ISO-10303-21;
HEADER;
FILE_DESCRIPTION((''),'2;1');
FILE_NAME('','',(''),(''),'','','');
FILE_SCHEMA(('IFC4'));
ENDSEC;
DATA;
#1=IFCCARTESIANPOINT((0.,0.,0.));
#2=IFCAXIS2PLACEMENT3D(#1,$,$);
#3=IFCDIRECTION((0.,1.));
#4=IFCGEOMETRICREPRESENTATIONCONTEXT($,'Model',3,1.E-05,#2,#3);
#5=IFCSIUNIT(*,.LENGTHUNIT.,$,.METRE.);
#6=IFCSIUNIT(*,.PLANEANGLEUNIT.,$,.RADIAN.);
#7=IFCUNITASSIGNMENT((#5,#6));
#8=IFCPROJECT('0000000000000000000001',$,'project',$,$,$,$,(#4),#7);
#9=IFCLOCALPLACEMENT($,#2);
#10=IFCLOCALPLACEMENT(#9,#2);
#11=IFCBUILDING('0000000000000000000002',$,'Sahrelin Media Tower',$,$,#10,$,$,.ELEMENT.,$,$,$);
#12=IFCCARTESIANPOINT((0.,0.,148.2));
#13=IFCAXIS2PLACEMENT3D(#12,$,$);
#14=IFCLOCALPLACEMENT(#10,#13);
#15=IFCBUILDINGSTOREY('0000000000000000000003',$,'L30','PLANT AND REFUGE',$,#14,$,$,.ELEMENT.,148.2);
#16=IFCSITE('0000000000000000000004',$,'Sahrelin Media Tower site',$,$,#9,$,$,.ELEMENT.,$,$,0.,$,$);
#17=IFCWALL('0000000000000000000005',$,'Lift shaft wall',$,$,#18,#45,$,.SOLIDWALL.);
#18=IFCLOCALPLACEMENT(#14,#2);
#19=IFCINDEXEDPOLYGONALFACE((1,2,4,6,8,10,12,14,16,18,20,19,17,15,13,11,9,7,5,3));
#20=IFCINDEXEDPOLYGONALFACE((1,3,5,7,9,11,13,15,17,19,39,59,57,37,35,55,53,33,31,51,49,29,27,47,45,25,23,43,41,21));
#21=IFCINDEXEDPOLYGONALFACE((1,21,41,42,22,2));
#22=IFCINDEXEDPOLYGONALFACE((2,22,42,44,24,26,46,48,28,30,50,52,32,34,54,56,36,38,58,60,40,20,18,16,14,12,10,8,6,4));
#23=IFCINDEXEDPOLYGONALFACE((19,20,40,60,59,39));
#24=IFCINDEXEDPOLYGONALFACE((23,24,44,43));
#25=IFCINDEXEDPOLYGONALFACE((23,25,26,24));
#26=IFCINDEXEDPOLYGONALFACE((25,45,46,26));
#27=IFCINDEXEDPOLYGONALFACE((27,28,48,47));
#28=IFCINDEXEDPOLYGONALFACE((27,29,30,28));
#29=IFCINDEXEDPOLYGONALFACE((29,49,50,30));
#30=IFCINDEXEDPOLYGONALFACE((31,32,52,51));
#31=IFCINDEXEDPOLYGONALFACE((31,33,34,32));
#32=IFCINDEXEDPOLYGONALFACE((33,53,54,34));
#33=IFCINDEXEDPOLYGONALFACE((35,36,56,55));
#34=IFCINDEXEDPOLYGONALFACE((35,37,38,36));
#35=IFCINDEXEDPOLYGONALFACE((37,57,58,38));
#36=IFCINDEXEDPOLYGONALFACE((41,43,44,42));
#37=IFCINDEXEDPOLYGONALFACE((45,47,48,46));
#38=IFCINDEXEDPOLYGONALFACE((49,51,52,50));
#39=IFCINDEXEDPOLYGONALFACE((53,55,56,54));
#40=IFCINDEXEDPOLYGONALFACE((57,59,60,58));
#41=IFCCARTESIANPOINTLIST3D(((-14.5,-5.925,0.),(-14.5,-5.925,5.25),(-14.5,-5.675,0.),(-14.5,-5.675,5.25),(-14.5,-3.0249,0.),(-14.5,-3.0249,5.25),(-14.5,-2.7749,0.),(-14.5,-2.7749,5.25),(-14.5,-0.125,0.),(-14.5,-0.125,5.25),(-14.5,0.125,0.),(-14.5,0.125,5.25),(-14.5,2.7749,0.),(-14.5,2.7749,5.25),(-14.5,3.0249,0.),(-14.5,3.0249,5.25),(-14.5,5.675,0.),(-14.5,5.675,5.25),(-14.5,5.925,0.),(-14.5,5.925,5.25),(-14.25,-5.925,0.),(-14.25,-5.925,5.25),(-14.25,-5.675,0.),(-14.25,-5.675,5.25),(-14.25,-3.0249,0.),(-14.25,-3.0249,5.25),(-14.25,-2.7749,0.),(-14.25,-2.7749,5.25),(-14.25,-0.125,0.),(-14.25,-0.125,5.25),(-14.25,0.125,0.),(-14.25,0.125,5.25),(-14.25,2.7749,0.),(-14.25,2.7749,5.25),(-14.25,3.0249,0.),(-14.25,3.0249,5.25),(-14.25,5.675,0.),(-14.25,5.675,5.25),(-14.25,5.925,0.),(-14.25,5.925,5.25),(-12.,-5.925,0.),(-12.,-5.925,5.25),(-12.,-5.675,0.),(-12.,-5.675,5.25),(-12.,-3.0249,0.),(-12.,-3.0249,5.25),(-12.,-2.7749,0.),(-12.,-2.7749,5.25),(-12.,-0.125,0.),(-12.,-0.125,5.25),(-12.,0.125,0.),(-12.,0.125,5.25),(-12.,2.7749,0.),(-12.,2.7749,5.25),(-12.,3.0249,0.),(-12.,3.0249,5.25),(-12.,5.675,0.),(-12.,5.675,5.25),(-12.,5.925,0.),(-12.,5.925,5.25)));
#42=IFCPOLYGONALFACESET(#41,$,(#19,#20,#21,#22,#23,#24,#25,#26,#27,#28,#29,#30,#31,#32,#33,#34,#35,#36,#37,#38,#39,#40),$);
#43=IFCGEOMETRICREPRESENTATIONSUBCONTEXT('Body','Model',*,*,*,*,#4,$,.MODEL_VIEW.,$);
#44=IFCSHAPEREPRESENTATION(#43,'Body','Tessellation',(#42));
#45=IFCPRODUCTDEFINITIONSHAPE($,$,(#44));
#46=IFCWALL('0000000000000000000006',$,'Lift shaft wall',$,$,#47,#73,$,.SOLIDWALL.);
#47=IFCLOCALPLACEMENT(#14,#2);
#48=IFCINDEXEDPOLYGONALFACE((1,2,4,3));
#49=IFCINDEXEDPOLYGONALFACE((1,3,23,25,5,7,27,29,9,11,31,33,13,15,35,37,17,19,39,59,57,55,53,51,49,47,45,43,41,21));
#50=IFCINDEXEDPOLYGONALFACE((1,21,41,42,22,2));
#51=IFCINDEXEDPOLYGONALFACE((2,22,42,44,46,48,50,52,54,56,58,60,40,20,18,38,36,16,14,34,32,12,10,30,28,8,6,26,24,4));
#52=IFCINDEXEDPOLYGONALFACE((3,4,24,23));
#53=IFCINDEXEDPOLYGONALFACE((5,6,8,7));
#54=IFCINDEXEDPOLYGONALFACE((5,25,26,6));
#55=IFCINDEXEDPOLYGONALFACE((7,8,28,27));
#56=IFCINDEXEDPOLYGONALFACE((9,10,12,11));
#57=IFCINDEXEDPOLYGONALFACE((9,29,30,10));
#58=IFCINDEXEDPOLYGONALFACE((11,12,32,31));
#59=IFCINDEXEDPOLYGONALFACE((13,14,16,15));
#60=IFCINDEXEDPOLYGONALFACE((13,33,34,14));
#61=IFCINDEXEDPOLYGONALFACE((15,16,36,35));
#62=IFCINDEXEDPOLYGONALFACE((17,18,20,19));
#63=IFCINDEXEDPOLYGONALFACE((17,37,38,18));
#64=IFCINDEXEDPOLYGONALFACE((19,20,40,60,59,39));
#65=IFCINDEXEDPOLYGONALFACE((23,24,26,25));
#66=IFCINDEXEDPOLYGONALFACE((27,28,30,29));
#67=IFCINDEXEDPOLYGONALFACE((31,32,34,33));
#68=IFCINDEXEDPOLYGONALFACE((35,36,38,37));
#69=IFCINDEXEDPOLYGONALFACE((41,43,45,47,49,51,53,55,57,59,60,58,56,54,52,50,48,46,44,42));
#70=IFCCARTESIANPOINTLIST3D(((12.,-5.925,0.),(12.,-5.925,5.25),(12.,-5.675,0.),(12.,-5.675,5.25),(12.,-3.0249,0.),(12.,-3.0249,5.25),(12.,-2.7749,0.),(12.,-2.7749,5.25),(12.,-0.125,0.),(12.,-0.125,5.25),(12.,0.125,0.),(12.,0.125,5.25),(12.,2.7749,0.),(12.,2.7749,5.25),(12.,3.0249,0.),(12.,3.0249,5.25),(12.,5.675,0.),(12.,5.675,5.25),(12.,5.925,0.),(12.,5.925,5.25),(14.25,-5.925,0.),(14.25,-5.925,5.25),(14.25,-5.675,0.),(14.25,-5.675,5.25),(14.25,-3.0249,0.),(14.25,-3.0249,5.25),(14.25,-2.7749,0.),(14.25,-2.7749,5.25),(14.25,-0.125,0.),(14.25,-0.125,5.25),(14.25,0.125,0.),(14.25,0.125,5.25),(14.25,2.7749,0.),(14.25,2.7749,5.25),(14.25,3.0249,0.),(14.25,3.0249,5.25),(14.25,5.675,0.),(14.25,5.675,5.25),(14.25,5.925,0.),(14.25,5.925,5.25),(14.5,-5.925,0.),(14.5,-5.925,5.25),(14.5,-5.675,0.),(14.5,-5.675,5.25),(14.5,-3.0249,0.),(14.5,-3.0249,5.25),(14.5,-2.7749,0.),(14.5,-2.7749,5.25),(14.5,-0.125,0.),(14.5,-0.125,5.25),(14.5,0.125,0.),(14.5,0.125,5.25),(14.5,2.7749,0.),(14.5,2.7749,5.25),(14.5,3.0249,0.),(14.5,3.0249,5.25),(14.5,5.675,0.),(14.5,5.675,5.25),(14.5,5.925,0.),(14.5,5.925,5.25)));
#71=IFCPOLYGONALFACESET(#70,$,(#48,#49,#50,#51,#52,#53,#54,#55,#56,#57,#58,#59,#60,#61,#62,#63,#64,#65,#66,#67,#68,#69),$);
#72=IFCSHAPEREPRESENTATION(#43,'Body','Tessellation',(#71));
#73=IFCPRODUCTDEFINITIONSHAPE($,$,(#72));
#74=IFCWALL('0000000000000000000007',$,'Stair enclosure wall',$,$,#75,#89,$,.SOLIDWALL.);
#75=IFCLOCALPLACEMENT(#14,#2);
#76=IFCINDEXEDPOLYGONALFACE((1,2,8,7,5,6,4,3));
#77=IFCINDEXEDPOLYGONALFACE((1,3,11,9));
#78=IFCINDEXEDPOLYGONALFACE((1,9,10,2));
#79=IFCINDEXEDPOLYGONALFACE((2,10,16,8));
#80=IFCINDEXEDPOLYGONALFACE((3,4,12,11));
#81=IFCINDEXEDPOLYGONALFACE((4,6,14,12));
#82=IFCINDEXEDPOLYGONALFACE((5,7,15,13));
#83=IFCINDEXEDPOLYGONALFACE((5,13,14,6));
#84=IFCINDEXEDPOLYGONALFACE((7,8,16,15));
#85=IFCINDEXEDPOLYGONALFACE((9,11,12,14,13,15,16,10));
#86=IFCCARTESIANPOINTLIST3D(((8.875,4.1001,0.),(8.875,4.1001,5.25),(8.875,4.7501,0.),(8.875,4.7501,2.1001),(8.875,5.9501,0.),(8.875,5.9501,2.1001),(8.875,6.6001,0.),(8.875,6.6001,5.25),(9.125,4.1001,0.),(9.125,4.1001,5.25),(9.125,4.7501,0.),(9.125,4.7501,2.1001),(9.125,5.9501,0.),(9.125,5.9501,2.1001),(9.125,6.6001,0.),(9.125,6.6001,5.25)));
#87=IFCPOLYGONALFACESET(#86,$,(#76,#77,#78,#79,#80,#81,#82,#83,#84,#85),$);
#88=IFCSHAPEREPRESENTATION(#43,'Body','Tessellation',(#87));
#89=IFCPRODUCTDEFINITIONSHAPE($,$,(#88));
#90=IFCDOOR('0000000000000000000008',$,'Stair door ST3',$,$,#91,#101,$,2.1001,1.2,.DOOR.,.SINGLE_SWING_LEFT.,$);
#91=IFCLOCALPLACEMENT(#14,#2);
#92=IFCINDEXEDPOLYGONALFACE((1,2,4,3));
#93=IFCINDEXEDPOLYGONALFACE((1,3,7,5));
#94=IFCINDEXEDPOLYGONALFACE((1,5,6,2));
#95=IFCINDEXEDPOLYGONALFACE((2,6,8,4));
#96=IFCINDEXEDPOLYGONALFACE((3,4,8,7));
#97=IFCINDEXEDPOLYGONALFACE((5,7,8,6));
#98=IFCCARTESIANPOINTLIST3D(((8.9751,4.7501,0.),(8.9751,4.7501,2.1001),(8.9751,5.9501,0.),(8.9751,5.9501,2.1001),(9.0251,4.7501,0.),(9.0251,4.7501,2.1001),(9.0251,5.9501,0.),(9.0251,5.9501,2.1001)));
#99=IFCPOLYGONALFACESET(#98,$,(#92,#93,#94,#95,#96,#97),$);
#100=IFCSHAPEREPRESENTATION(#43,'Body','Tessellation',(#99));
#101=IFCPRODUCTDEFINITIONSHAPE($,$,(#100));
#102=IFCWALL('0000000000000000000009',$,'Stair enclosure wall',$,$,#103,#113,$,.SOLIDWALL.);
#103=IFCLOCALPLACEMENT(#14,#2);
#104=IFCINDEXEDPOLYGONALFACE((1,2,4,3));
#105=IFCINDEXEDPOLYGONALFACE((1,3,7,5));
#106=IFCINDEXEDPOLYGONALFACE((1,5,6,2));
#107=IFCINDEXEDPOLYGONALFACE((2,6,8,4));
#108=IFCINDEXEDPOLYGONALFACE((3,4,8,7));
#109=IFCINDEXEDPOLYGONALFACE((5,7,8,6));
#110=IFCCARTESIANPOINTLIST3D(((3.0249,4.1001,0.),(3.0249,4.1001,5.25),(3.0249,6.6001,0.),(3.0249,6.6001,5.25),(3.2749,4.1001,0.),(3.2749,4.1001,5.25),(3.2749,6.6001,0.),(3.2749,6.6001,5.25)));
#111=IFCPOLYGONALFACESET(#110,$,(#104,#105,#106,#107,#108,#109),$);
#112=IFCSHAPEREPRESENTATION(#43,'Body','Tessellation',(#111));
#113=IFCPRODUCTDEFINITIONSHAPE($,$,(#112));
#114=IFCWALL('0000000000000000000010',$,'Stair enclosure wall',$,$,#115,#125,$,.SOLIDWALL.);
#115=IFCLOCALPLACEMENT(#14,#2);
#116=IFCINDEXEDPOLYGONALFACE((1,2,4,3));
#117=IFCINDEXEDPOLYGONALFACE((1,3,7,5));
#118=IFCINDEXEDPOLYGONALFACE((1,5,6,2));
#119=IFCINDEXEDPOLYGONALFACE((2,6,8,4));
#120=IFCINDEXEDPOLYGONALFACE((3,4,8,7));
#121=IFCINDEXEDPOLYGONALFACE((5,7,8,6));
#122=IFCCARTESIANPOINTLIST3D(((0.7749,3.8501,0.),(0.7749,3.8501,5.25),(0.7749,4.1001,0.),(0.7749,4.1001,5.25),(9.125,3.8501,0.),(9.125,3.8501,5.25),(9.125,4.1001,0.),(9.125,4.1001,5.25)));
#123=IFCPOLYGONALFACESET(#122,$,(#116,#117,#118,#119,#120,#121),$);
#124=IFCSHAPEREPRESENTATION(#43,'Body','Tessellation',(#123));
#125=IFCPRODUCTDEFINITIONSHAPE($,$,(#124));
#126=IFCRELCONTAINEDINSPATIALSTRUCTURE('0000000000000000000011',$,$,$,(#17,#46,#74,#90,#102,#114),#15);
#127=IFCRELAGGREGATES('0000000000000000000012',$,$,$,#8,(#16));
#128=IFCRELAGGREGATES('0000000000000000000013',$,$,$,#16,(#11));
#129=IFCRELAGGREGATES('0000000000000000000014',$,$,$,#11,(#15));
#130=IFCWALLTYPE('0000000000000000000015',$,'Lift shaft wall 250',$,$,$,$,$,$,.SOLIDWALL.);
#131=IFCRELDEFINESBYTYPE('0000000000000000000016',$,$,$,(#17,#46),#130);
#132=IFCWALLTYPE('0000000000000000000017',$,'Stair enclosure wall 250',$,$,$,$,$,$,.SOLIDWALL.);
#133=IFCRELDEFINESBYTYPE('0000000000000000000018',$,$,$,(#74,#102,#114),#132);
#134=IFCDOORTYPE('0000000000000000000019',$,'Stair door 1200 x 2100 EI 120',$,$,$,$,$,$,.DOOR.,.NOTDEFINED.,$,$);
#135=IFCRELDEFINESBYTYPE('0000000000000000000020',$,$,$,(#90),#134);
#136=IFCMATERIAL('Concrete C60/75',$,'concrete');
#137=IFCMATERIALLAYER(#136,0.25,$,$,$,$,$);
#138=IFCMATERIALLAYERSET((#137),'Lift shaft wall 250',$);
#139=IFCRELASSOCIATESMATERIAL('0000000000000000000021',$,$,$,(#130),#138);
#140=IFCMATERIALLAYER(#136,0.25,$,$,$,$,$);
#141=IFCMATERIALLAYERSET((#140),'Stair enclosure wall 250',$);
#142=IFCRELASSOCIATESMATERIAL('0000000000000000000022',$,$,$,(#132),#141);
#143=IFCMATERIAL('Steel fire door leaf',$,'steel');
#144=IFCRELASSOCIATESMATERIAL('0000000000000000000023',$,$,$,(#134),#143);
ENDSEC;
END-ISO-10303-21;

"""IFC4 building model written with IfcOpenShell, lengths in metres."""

from ifc_helpers import new_model, si_unit, direction, frame, frame_2d, origin, place, context, subcontext, project, spatial, polyline, rectangle, outline, extrude, material, layer, layer_set, type_object, element, fill, save


model = new_model("IFC4")

# Units and contexts
model_context = context("Model", 3, precision=1e-05, world=origin(), true_north=direction((0.0, 1.0)))
body_context = subcontext(model_context, "Body", "Model", "MODEL_VIEW")
ifc_project = project(units=[si_unit("LENGTHUNIT", "METRE"), si_unit("PLANEANGLEUNIT", "RADIAN")], contexts=[model_context])

# Site, building, storey
site_placement = place(None, origin())
site = spatial("IfcSite", under=ifc_project, at=site_placement, Name="Sahrelin Media Tower site", CompositionType="ELEMENT", RefElevation=0.0)
building_placement = place(site_placement, origin())
building = spatial("IfcBuilding", under=site, at=building_placement, Name="Sahrelin Media Tower", CompositionType="ELEMENT")
storey_placement = place(building_placement, frame((0.0, 0.0, 148.2)))
storey = spatial("IfcBuildingStorey", under=building, at=storey_placement, Name="L30", Description="PLANT AND REFUGE", CompositionType="ELEMENT", Elevation=148.2)

# Shared definitions
placement_1 = place(storey_placement, origin())

# Shared definitions
ifc_material_1 = material(Name="Steel fire door leaf", Category="steel")

# Walls
ifc_material_2 = material(Name="Concrete C60/75", Category="concrete")
ifc_layer_1 = layer(ifc_material_2, 0.25)
ifc_layer_set_1 = layer_set([ifc_layer_1], Name="Lift shaft wall 250")
wall_type_1 = type_object("IfcWallType", Name="Lift shaft wall 250", PredefinedType="SOLIDWALL", material=ifc_layer_set_1)
element("IfcWall", 1, at=placement_1, inside=storey, type_object=wall_type_1, Name="Lift shaft wall", PredefinedType="SOLIDWALL", context=body_context, shape_type="SweptSolid", body=[
    extrude(outline(polyline([(-12.0, -5.925), (-12.0, -5.675), (-14.25, -5.675), (-14.25, -3.0249), (-12.0, -3.0249), (-12.0, -2.7749), (-14.25, -2.7749), (-14.25, -0.125), (-12.0, -0.125), (-12.0, 0.125), (-14.25, 0.125), (-14.25, 2.7749), (-12.0, 2.7749), (-12.0, 3.0249), (-14.25, 3.0249), (-14.25, 5.675), (-12.0, 5.675), (-12.0, 5.925), (-14.25, 5.925), (-14.5, 5.925), (-14.5, 5.675), (-14.5, 3.0249), (-14.5, 2.7749), (-14.5, 0.125), (-14.5, -0.125), (-14.5, -2.7749), (-14.5, -3.0249), (-14.5, -5.675), (-14.5, -5.925), (-14.25, -5.925), (-12.0, -5.925)])), origin(), (0.0, 0.0, 1.0), 5.25),
])
element("IfcWall", 2, at=placement_1, inside=storey, type_object=wall_type_1, Name="Lift shaft wall", PredefinedType="SOLIDWALL", context=body_context, shape_type="SweptSolid", body=[
    extrude(outline(polyline([(12.0, -5.675), (12.0, -5.925), (14.25, -5.925), (14.5, -5.925), (14.5, -5.675), (14.5, -3.0249), (14.5, -2.7749), (14.5, -0.125), (14.5, 0.125), (14.5, 2.7749), (14.5, 3.0249), (14.5, 5.675), (14.5, 5.925), (14.25, 5.925), (12.0, 5.925), (12.0, 5.675), (14.25, 5.675), (14.25, 3.0249), (12.0, 3.0249), (12.0, 2.7749), (14.25, 2.7749), (14.25, 0.125), (12.0, 0.125), (12.0, -0.125), (14.25, -0.125), (14.25, -2.7749), (12.0, -2.7749), (12.0, -3.0249), (14.25, -3.0249), (14.25, -5.675), (12.0, -5.675)])), origin(), (0.0, 0.0, 1.0), 5.25),
])

# Wall, opening, door
ifc_layer_2 = layer(ifc_material_2, 0.25)
ifc_layer_set_2 = layer_set([ifc_layer_2], Name="Stair enclosure wall 250")
wall_type_2 = type_object("IfcWallType", Name="Stair enclosure wall 250", PredefinedType="SOLIDWALL", material=ifc_layer_set_2)
wall_1_placement = place(storey_placement, frame((9.0, 4.1001, 0.0), z_axis=(0.0, 0.0, 1.0), x_axis=(0.0, 1.0, 0.0)))
wall_1 = element("IfcWall", 3, at=wall_1_placement, inside=storey, type_object=wall_type_2, Name="Stair enclosure wall", PredefinedType="SOLIDWALL", context=body_context, shape_type="SweptSolid", body=[
    extrude(rectangle(XDim=2.5, YDim=0.25, at=frame_2d((1.25, 0.0))), origin(), (0.0, 0.0, 1.0), 5.25),
])
opening_1_placement = place(wall_1_placement, frame((0.6499, 0.0, 0.0)))
opening_1 = element("IfcOpeningElement", 4, at=opening_1_placement, cuts=wall_1, PredefinedType="OPENING", context=body_context, shape_type="SweptSolid", body=[
    extrude(rectangle(XDim=1.2, YDim=2.1001, at=frame_2d((0.6001, 1.05))), frame((0.0, 0.125, 0.0), z_axis=(0.0, -1.0, 0.0), x_axis=(1.0, 0.0, 0.0)), (0.0, 0.0, 1.0), 0.25),
])
door_type_1 = type_object("IfcDoorType", Name="Stair door 1200 x 2100 EI 120", OperationType="NOTDEFINED", PredefinedType="DOOR", material=ifc_material_1)
door_1_placement = place(opening_1_placement, origin())
door_1 = element("IfcDoor", 5, at=door_1_placement, inside=storey, type_object=door_type_1, Name="Stair door ST3", OperationType="SINGLE_SWING_LEFT", OverallHeight=2.1001, OverallWidth=1.2, PredefinedType="DOOR", context=body_context, shape_type="SweptSolid", body=[
    extrude(rectangle(XDim=1.2, YDim=2.1001, at=frame_2d((0.6001, 1.05))), frame((0.0, 0.0249, 0.0), z_axis=(0.0, -1.0, 0.0), x_axis=(1.0, 0.0, 0.0)), (0.0, 0.0, 1.0), 0.05),
])
fill(opening_1, door_1)

# Walls
wall_2_placement = place(storey_placement, frame((3.1499, 4.1001, 0.0), z_axis=(0.0, 0.0, 1.0), x_axis=(0.0, 1.0, 0.0)))
element("IfcWall", 6, at=wall_2_placement, inside=storey, type_object=wall_type_2, Name="Stair enclosure wall", PredefinedType="SOLIDWALL", context=body_context, shape_type="SweptSolid", body=[
    extrude(rectangle(XDim=2.5, YDim=0.25, at=frame_2d((1.25, 0.0))), origin(), (0.0, 0.0, 1.0), 5.25),
])
wall_3_placement = place(storey_placement, frame((0.7749, 3.9751, 0.0), z_axis=(0.0, 0.0, 1.0), x_axis=(1.0, 0.0, 0.0)))
element("IfcWall", 7, at=wall_3_placement, inside=storey, type_object=wall_type_2, Name="Stair enclosure wall", PredefinedType="SOLIDWALL", context=body_context, shape_type="SweptSolid", body=[
    extrude(rectangle(XDim=8.3501, YDim=0.25, at=frame_2d((4.175, 0.0))), origin(), (0.0, 0.0, 1.0), 5.25),
])

save(model, "model.ifc")
